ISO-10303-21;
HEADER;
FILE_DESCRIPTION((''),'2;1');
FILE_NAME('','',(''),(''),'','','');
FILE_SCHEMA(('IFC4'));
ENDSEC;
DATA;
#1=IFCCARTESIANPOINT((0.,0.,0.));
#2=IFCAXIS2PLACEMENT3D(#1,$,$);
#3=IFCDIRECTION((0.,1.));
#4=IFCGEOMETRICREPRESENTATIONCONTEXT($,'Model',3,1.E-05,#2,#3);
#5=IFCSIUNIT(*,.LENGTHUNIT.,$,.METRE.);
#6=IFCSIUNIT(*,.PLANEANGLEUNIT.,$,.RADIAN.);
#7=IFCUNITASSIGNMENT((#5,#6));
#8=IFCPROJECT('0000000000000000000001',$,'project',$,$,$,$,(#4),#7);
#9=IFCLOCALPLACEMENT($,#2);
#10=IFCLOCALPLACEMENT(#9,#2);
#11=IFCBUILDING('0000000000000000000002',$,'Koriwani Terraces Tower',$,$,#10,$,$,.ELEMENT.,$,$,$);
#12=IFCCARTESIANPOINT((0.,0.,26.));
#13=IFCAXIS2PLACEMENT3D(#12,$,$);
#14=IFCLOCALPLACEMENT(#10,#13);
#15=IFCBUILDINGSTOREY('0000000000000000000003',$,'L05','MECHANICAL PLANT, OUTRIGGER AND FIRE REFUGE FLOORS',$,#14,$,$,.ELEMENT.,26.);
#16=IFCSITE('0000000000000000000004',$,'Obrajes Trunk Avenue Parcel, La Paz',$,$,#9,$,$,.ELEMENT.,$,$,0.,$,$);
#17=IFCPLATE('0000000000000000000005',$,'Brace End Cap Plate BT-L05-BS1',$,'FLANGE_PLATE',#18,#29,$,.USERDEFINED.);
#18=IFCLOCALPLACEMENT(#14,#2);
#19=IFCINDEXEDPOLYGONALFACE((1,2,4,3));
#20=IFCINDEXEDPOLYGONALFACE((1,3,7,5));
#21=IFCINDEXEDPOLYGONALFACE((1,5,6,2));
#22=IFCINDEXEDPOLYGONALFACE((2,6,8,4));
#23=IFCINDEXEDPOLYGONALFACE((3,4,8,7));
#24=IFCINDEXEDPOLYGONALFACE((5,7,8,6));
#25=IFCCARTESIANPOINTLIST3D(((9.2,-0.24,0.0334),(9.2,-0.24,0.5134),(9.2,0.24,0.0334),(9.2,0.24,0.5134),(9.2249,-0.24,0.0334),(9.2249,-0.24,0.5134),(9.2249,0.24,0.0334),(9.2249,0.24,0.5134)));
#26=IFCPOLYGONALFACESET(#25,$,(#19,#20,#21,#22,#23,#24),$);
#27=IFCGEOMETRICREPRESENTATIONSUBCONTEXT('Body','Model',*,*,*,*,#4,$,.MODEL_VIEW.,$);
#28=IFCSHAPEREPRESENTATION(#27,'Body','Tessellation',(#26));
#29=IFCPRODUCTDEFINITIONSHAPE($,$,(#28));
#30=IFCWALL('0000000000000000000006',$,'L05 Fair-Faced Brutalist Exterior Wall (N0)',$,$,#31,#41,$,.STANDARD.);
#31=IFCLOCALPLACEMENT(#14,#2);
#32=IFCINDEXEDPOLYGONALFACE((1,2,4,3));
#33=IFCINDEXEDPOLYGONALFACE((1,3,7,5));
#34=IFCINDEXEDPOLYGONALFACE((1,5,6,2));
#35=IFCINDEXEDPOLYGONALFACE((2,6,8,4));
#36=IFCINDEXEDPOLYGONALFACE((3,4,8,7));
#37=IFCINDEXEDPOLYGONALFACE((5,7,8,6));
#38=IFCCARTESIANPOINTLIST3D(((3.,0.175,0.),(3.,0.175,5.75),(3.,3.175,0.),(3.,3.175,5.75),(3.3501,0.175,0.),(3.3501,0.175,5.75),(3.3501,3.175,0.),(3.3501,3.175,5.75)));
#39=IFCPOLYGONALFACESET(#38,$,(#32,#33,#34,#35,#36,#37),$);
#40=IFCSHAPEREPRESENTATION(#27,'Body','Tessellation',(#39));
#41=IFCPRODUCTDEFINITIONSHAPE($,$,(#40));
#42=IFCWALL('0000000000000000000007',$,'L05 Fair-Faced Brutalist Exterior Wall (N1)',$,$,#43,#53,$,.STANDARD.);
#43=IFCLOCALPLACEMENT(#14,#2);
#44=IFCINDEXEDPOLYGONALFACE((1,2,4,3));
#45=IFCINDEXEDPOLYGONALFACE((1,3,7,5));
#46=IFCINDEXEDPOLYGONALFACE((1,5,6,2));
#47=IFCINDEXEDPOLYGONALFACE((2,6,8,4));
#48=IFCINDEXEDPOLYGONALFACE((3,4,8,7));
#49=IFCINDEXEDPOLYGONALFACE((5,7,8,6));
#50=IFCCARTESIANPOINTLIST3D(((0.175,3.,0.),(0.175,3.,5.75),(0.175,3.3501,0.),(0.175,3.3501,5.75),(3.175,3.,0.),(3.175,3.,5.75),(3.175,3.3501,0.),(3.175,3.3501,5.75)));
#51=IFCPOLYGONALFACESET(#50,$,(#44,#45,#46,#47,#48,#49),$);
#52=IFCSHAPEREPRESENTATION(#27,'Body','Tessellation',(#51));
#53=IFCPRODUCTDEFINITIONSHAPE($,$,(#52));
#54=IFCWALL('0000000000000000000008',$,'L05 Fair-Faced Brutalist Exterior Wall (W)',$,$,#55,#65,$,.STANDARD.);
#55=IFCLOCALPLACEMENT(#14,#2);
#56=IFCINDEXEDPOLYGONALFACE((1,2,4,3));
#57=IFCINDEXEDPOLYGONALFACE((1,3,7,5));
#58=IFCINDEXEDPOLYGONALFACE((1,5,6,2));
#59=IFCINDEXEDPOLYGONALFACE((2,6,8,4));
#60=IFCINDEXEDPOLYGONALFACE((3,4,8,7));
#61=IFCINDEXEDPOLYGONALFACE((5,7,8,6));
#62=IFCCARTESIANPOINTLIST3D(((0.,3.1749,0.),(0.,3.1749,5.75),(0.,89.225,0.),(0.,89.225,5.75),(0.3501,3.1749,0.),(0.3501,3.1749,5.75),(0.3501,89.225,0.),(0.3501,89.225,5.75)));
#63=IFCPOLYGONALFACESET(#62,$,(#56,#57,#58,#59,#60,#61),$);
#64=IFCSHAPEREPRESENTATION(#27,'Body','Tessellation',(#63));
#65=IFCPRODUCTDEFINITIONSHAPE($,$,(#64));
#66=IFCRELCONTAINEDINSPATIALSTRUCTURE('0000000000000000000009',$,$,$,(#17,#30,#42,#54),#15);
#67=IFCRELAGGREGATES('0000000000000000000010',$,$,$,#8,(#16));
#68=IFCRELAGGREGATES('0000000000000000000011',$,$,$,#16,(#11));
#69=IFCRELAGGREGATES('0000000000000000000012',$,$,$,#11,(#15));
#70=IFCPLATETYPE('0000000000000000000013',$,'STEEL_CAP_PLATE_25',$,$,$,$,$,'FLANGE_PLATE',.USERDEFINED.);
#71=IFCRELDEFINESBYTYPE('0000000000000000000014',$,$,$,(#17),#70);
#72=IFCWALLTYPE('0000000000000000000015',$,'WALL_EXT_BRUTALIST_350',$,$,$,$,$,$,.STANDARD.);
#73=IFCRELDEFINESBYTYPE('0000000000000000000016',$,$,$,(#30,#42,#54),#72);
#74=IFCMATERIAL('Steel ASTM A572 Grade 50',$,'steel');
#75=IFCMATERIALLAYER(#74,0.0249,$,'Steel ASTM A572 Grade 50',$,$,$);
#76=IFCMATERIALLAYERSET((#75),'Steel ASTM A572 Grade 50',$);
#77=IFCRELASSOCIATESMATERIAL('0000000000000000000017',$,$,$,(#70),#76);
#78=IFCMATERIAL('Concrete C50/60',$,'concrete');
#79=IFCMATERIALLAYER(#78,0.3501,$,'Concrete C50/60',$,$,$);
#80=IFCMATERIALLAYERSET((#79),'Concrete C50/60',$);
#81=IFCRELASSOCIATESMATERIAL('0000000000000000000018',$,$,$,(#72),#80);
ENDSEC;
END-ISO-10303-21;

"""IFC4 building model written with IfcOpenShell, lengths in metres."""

from ifc_helpers import new_model, si_unit, direction, frame, frame_2d, origin, origin_2d, place, context, subcontext, project, spatial, rectangle, extrude, material, layer, layer_set, type_object, element, save


model = new_model("IFC4")

# Units and contexts
model_context = context("Model", 3, precision=1e-05, world=origin(), true_north=direction((0.0, 1.0)))
body_context = subcontext(model_context, "Body", "Model", "MODEL_VIEW")
ifc_project = project(units=[si_unit("LENGTHUNIT", "METRE"), si_unit("PLANEANGLEUNIT", "RADIAN")], contexts=[model_context])

# Site, building, storey
site_placement = place(None, origin())
site = spatial("IfcSite", under=ifc_project, at=site_placement, Name="Obrajes Trunk Avenue Parcel, La Paz", CompositionType="ELEMENT", RefElevation=0.0)
building_placement = place(site_placement, origin())
building = spatial("IfcBuilding", under=site, at=building_placement, Name="Koriwani Terraces Tower", CompositionType="ELEMENT")
storey_placement = place(building_placement, frame((0.0, 0.0, 26.0)))
storey = spatial("IfcBuildingStorey", under=building, at=storey_placement, Name="L05", Description="MECHANICAL PLANT, OUTRIGGER AND FIRE REFUGE FLOORS", CompositionType="ELEMENT", Elevation=26.0)

# Shared definitions
ifc_material_1 = material(Name="Steel ASTM A572 Grade 50", Category="steel")

# Shared definitions
ifc_material_2 = material(Name="Concrete C50/60", Category="concrete")

# Plate
ifc_layer_1 = layer(ifc_material_1, 0.0249, Name="Steel ASTM A572 Grade 50")
ifc_layer_set_1 = layer_set([ifc_layer_1], Name="Steel ASTM A572 Grade 50")
plate_type = type_object("IfcPlateType", Name="STEEL_CAP_PLATE_25", ElementType="FLANGE_PLATE", PredefinedType="USERDEFINED", material=ifc_layer_set_1)
plate_placement = place(storey_placement, frame((9.2124, 0.0, 0.0334), z_axis=(0.0, 0.0, 1.0), x_axis=(1.0, 0.0, 0.0)))
element("IfcPlate", 1, at=plate_placement, inside=storey, type_object=plate_type, Name="Brace End Cap Plate BT-L05-BS1", ObjectType="FLANGE_PLATE", PredefinedType="USERDEFINED", context=body_context, shape_type="SweptSolid", body=[
    extrude(rectangle(XDim=0.0249, YDim=0.48, at=origin_2d()), origin(), (0.0, 0.0, 1.0), 0.48),
])

# Walls
ifc_layer_2 = layer(ifc_material_2, 0.3501, Name="Concrete C50/60")
ifc_layer_set_2 = layer_set([ifc_layer_2], Name="Concrete C50/60")
wall_type = type_object("IfcWallType", Name="WALL_EXT_BRUTALIST_350", PredefinedType="STANDARD", material=ifc_layer_set_2)
for number, where, z_axis, x_axis, name in (
    (2, (3.175, 0.175, 0.0), (0.0, 0.0, 1.0), (0.0, 1.0, 0.0), "L05 Fair-Faced Brutalist Exterior Wall (N0)"),
    (3, (3.175, 3.175, 0.0), (0.0, 0.0, 1.0), (-1.0, 0.0, 0.0), "L05 Fair-Faced Brutalist Exterior Wall (N1)"),
):
    element("IfcWall", number, at=place(storey_placement, frame(where, z_axis=z_axis, x_axis=x_axis)), inside=storey, type_object=wall_type, Name=name, PredefinedType="STANDARD", context=body_context, shape_type="SweptSolid", body=[
        extrude(rectangle(XDim=3.0, YDim=0.3501, at=frame_2d((1.5, 0.0))), origin(), (0.0, 0.0, 1.0), 5.75),
    ])
wall_placement = place(storey_placement, frame((0.175, 3.175, 0.0), z_axis=(0.0, 0.0, 1.0), x_axis=(0.0, 1.0, 0.0)))
element("IfcWall", 4, at=wall_placement, inside=storey, type_object=wall_type, Name="L05 Fair-Faced Brutalist Exterior Wall (W)", PredefinedType="STANDARD", context=body_context, shape_type="SweptSolid", body=[
    extrude(rectangle(XDim=86.05, YDim=0.3501, at=frame_2d((43.0249, 0.0))), origin(), (0.0, 0.0, 1.0), 5.75),
])

save(model, "model.ifc")
